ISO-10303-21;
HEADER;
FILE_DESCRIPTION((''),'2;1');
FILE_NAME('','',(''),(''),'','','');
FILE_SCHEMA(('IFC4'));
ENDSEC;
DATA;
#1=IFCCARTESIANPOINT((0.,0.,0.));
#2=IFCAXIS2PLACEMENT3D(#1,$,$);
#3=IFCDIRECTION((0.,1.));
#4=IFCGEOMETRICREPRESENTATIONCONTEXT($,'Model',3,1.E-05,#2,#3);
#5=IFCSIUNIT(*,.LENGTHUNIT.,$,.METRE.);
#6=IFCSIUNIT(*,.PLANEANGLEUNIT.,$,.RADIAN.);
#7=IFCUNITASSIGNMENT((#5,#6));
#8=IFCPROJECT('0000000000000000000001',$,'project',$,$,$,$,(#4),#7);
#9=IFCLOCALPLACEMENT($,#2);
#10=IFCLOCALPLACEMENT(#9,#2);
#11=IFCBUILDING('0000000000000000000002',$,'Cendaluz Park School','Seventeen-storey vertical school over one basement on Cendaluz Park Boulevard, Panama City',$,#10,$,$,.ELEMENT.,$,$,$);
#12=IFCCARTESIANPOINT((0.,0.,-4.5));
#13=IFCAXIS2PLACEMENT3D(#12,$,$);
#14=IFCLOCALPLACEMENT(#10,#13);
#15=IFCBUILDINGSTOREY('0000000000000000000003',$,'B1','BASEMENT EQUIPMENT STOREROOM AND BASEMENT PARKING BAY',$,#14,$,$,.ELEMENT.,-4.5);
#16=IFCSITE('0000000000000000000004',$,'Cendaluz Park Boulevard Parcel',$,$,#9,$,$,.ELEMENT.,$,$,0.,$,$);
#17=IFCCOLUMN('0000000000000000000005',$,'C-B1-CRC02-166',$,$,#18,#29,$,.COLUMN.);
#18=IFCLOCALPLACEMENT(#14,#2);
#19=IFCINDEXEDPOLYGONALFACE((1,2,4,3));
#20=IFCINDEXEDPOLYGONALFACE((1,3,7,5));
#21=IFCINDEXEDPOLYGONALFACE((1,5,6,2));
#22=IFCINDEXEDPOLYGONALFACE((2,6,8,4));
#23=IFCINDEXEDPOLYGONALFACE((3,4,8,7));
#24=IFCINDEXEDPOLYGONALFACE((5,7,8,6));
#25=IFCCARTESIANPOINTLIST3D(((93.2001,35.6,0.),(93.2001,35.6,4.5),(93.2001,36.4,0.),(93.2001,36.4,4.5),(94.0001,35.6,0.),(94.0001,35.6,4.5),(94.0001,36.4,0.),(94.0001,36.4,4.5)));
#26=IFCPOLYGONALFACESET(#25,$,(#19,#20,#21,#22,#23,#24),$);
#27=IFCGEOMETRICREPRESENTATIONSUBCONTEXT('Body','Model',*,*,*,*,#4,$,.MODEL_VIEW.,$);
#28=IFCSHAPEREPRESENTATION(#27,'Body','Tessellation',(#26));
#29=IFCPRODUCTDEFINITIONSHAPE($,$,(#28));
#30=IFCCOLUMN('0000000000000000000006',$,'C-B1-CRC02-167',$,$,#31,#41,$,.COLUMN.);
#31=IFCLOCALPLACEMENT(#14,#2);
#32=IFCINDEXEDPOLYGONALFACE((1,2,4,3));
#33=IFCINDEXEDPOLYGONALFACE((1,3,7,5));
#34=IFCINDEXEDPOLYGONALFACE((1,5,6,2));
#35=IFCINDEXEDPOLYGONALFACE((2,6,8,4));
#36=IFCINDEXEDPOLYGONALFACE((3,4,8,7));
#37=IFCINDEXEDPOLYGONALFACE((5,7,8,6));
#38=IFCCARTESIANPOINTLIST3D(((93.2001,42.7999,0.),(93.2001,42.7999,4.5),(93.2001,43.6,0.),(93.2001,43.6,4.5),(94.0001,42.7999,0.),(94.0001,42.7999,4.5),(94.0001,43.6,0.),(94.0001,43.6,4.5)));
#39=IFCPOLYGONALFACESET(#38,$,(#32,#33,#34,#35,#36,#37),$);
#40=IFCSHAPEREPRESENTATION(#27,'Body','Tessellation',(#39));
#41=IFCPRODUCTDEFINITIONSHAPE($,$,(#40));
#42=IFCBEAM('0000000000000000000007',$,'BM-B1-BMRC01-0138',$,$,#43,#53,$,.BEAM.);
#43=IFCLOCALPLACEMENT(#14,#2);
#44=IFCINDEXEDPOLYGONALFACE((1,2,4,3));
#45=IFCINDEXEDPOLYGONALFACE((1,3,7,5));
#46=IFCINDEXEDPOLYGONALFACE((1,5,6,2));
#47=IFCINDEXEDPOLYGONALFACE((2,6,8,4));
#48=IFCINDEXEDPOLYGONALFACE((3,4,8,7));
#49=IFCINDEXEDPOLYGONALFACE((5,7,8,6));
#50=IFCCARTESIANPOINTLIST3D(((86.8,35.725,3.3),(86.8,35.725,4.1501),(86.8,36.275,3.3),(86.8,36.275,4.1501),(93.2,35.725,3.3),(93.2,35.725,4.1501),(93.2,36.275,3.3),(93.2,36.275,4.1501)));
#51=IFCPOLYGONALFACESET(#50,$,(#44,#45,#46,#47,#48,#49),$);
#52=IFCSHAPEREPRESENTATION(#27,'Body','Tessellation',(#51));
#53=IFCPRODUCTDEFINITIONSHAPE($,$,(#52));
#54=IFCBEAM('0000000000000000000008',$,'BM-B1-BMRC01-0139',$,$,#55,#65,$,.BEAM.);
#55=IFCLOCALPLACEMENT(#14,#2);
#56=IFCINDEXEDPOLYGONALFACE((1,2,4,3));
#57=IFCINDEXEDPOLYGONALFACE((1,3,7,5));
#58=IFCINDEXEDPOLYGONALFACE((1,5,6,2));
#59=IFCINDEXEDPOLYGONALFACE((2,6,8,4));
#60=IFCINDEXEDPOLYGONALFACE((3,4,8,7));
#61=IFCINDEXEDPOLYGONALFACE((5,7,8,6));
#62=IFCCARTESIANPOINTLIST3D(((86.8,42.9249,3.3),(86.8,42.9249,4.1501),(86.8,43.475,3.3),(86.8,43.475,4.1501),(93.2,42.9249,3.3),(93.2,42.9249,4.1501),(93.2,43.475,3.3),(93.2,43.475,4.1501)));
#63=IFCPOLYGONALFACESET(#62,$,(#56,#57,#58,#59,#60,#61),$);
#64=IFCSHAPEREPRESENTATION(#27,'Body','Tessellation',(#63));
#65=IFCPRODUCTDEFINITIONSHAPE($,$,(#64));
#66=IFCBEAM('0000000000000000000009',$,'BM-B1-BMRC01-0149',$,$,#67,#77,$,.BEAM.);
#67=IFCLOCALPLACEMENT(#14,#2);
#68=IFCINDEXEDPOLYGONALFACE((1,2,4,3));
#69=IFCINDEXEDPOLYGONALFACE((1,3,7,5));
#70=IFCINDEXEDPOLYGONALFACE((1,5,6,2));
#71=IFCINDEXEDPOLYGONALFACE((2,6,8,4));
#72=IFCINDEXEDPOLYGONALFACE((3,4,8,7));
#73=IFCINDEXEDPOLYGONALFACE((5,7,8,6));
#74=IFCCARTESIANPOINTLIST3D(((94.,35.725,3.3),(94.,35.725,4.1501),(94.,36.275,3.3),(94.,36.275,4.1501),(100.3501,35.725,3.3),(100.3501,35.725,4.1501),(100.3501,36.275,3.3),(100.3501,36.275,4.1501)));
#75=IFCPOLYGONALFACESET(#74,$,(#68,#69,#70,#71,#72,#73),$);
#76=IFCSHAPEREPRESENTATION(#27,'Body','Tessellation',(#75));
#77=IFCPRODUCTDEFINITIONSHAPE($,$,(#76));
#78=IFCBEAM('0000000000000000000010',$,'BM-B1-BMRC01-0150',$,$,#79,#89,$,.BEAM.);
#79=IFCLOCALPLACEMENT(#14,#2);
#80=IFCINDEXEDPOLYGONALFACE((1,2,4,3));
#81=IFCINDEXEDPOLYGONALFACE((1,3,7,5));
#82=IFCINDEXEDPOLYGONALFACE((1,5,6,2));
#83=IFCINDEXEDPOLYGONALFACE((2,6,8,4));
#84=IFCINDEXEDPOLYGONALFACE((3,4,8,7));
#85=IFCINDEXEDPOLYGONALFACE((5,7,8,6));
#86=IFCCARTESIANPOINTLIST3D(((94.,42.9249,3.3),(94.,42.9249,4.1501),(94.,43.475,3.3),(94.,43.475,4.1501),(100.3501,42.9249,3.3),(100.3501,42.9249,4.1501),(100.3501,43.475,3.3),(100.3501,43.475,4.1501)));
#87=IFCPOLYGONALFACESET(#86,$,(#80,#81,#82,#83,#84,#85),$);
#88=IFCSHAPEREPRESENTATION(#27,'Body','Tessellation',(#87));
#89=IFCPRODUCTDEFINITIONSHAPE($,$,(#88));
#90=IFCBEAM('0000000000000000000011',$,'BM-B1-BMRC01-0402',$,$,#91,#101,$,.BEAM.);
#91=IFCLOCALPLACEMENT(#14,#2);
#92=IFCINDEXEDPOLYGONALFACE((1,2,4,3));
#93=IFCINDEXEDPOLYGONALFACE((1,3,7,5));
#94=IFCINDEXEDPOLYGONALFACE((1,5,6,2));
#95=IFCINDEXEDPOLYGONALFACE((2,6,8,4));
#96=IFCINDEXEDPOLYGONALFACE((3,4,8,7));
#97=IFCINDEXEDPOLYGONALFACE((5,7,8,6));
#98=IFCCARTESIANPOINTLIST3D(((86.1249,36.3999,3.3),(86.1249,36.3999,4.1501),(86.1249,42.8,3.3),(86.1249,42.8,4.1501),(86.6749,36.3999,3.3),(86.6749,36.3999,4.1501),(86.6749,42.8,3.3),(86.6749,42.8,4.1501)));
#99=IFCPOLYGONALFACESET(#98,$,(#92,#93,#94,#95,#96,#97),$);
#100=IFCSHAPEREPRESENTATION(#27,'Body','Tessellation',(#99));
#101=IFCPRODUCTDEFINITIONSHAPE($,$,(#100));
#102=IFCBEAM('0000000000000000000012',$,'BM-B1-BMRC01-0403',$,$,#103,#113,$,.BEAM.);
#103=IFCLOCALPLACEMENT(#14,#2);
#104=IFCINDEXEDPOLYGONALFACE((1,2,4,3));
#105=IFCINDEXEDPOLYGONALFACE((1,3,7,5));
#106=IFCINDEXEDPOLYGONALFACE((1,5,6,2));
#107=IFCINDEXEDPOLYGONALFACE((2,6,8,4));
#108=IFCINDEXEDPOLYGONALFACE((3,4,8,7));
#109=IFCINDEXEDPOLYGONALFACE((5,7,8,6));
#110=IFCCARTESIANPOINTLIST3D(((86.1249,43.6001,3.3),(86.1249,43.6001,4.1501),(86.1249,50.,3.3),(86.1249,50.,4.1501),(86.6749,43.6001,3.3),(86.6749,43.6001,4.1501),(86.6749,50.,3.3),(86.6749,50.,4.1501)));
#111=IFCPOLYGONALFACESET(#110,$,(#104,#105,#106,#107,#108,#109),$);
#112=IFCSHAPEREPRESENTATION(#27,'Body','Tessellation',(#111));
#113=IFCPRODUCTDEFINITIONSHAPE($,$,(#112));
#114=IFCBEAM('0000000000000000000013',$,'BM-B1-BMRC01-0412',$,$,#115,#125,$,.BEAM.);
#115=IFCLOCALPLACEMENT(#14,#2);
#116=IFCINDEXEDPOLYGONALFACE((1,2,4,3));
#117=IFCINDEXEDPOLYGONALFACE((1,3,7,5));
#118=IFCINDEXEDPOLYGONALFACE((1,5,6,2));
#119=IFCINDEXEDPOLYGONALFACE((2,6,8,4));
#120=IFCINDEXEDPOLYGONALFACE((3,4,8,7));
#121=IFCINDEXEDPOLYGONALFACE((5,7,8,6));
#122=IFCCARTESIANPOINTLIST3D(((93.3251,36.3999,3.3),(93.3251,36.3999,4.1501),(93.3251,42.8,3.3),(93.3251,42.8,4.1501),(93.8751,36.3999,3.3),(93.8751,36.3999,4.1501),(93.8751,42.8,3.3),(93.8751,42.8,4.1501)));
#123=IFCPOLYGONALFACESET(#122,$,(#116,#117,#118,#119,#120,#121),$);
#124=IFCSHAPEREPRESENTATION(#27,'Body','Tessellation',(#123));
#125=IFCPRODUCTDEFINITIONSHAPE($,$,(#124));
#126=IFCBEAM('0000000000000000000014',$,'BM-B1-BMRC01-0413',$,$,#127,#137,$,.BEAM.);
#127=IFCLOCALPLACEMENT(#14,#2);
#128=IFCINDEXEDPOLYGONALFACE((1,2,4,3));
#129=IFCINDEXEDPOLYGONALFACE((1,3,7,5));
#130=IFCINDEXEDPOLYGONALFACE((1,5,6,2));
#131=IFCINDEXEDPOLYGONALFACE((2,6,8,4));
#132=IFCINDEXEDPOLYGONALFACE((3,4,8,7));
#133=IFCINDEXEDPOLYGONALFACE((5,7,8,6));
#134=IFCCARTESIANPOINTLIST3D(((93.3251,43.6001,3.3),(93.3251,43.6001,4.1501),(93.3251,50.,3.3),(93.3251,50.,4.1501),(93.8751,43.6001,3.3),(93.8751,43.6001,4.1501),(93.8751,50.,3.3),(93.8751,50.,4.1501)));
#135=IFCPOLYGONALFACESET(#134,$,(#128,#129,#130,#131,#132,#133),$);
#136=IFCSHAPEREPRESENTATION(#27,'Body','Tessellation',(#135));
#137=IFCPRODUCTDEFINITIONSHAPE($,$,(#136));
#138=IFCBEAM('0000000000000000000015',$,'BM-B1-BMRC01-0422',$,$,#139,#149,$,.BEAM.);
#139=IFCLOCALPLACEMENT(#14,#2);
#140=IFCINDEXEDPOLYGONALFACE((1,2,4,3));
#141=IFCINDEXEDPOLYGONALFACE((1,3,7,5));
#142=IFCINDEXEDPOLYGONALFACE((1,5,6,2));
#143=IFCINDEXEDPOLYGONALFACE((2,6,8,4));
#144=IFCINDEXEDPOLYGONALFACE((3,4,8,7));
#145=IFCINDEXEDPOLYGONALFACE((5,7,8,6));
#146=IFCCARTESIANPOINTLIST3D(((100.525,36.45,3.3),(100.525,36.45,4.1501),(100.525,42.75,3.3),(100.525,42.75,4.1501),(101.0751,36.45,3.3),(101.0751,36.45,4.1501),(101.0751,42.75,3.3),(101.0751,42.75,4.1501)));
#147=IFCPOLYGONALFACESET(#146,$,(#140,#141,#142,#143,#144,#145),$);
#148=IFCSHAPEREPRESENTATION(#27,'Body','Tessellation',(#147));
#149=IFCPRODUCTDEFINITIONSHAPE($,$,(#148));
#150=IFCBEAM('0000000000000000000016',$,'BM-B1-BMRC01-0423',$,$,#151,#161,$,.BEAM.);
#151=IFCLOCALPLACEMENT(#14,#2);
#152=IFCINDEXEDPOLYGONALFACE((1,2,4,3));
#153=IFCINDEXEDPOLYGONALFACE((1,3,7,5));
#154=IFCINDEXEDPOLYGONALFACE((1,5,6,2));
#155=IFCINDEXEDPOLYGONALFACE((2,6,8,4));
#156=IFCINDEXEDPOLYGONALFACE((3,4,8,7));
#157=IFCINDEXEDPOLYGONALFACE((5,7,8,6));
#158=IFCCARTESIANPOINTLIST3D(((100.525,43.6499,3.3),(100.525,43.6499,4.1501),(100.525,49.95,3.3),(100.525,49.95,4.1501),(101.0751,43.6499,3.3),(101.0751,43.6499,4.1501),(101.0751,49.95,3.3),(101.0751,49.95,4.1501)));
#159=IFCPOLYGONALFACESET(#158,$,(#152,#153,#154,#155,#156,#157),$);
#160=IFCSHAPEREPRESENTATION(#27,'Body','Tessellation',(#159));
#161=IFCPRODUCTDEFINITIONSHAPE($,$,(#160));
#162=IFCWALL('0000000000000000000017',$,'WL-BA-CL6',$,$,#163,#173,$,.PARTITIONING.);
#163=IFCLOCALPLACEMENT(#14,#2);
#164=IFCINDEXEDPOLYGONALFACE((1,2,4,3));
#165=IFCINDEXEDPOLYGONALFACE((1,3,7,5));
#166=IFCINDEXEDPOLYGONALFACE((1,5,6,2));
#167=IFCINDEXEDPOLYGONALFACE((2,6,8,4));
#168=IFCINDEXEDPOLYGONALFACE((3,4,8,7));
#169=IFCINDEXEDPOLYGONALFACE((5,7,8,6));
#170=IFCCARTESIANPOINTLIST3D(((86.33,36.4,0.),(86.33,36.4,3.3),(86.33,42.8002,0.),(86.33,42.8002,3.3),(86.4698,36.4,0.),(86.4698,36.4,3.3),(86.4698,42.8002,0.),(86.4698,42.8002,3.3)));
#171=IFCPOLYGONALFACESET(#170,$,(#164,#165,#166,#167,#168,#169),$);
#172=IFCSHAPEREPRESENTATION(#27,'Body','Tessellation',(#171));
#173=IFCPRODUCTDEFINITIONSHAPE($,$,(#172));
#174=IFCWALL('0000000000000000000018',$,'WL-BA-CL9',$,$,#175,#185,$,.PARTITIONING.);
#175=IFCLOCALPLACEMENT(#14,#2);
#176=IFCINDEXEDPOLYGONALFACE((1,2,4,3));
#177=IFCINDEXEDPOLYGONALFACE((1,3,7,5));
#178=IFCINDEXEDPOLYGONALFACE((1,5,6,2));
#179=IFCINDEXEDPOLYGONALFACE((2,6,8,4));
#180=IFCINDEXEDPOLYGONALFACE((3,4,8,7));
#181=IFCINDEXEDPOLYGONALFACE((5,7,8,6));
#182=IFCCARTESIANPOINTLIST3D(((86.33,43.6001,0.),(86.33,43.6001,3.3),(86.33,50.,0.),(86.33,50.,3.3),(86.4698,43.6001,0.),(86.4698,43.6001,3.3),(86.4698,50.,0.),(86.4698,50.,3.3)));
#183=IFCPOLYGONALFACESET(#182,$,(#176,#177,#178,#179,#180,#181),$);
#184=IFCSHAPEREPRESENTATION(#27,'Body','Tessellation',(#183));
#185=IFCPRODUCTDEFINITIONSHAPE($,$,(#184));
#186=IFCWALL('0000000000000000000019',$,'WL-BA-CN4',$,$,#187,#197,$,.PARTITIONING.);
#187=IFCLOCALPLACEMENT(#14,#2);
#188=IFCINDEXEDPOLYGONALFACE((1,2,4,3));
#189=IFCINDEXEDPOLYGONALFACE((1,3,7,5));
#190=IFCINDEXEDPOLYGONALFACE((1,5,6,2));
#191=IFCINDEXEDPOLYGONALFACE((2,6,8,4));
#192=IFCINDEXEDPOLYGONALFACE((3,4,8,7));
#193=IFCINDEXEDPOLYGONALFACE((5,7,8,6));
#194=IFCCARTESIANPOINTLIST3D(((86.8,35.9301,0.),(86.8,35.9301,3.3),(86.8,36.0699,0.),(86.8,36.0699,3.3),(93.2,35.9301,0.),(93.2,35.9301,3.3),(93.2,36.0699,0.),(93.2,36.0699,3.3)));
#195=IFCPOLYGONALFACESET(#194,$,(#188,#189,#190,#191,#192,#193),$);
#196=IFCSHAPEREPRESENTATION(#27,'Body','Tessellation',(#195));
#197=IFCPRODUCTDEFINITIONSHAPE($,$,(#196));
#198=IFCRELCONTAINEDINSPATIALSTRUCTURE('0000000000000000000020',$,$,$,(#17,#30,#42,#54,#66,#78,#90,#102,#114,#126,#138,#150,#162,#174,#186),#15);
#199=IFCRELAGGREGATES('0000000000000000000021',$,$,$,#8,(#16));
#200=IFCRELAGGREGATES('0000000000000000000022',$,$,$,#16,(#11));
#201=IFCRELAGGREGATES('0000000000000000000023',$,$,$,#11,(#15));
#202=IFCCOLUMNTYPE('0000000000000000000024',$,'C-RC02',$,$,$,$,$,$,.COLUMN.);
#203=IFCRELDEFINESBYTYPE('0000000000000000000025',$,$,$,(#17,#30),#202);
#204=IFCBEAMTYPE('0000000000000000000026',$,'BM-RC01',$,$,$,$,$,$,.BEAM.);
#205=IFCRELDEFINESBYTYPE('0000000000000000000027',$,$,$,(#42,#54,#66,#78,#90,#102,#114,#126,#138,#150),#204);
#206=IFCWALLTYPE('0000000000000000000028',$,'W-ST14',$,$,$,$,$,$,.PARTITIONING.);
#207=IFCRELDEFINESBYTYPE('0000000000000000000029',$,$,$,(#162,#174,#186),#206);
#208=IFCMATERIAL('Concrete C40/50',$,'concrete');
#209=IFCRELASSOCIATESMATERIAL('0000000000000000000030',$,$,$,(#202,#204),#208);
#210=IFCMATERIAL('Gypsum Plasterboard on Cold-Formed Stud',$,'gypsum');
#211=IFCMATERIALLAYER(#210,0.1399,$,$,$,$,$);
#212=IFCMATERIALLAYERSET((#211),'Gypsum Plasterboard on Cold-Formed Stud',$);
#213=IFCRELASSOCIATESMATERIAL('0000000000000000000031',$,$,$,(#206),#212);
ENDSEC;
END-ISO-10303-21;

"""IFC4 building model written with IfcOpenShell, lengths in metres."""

from ifc_helpers import new_model, si_unit, direction, frame, frame_2d, origin, origin_2d, place, context, subcontext, project, spatial, rectangle, extrude, material, layer, layer_set, material_profile, profile_set, type_object, element, save


model = new_model("IFC4")

# Units and contexts
model_context = context("Model", 3, precision=1e-05, world=origin(), true_north=direction((0.0, 1.0)))
body_context = subcontext(model_context, "Body", "Model", "MODEL_VIEW")
ifc_project = project(units=[si_unit("LENGTHUNIT", "METRE"), si_unit("PLANEANGLEUNIT", "RADIAN")], contexts=[model_context])

# Site, building, storey
site_placement = place(None, origin())
site = spatial("IfcSite", under=ifc_project, at=site_placement, Name="Cendaluz Park Boulevard Parcel", CompositionType="ELEMENT", RefElevation=0.0)
building_placement = place(site_placement, origin())
building = spatial("IfcBuilding", under=site, at=building_placement, Name="Cendaluz Park School", Description="Seventeen-storey vertical school over one basement on Cendaluz Park Boulevard, Panama City", CompositionType="ELEMENT")
storey_placement = place(building_placement, frame((0.0, 0.0, -4.5)))
storey = spatial("IfcBuildingStorey", under=building, at=storey_placement, Name="B1", Description="BASEMENT EQUIPMENT STOREROOM AND BASEMENT PARKING BAY", CompositionType="ELEMENT", Elevation=-4.5)

# Shared definitions
ifc_material_1 = material(Name="Concrete C40/50", Category="concrete")

# Columns
ifc_material_profile_1 = material_profile(ifc_material_1, rectangle(XDim=0.8, YDim=0.8, at=origin_2d()), Name="RC 800x800", Category="concrete")
ifc_profile_set_1 = profile_set([ifc_material_profile_1], Name="Concrete C40/50")
column_type_1 = type_object("IfcColumnType", Name="C-RC02", PredefinedType="COLUMN", material=ifc_profile_set_1)
for number, where, z_axis, x_axis, name in (
    (1, (93.6001, 36.0, 0.0), (0.0, 0.0, 1.0), (1.0, 0.0, 0.0), "C-B1-CRC02-166"),
    (2, (93.6001, 43.2, 0.0), (0.0, 0.0, 1.0), (1.0, 0.0, 0.0), "C-B1-CRC02-167"),
):
    element("IfcColumn", number, at=place(storey_placement, frame(where, z_axis=z_axis, x_axis=x_axis)), inside=storey, type_object=column_type_1, Name=name, PredefinedType="COLUMN", context=body_context, shape_type="SweptSolid", body=[
        extrude(rectangle(XDim=0.8, YDim=0.8, at=origin_2d()), origin(), (0.0, 0.0, 1.0), 4.5),
    ])

# Beams
ifc_material_profile_2 = material_profile(ifc_material_1, rectangle(XDim=0.55, YDim=0.8501, at=origin_2d()), Name="RC 550x850", Category="concrete")
ifc_profile_set_2 = profile_set([ifc_material_profile_2], Name="Concrete C40/50")
beam_type = type_object("IfcBeamType", Name="BM-RC01", PredefinedType="BEAM", material=ifc_profile_set_2)
for number, where, z_axis, x_axis, name in (
    (3, (86.8, 36.0, 3.7251), (1.0, 0.0, 0.0), (0.0, 1.0, 0.0), "BM-B1-BMRC01-0138"),
    (4, (86.8, 43.2, 3.7251), (1.0, 0.0, 0.0), (0.0, 1.0, 0.0), "BM-B1-BMRC01-0139"),
):
    element("IfcBeam", number, at=place(storey_placement, frame(where, z_axis=z_axis, x_axis=x_axis)), inside=storey, type_object=beam_type, Name=name, PredefinedType="BEAM", context=body_context, shape_type="SweptSolid", body=[
        extrude(rectangle(XDim=0.55, YDim=0.8501, at=origin_2d()), origin(), (0.0, 0.0, 1.0), 6.3999),
    ])
for number, where, z_axis, x_axis, name in (
    (5, (94.0, 36.0, 3.7251), (1.0, 0.0, 0.0), (0.0, 1.0, 0.0), "BM-B1-BMRC01-0149"),
    (6, (94.0, 43.2, 3.7251), (1.0, 0.0, 0.0), (0.0, 1.0, 0.0), "BM-B1-BMRC01-0150"),
):
    element("IfcBeam", number, at=place(storey_placement, frame(where, z_axis=z_axis, x_axis=x_axis)), inside=storey, type_object=beam_type, Name=name, PredefinedType="BEAM", context=body_context, shape_type="SweptSolid", body=[
        extrude(rectangle(XDim=0.55, YDim=0.8501, at=origin_2d()), origin(), (0.0, 0.0, 1.0), 6.3501),
    ])
beam_1_placement = place(storey_placement, frame((86.3999, 36.3999, 3.7251), z_axis=(0.0, 1.0, 0.0), x_axis=(-1.0, 0.0, 0.0)))
element("IfcBeam", 7, at=beam_1_placement, inside=storey, type_object=beam_type, Name="BM-B1-BMRC01-0402", PredefinedType="BEAM", context=body_context, shape_type="SweptSolid", body=[
    extrude(rectangle(XDim=0.55, YDim=0.8501, at=origin_2d()), origin(), (0.0, 0.0, 1.0), 6.4001),
])
beam_2_placement = place(storey_placement, frame((86.3999, 43.6001, 3.7251), z_axis=(0.0, 1.0, 0.0), x_axis=(-1.0, 0.0, 0.0)))
element("IfcBeam", 8, at=beam_2_placement, inside=storey, type_object=beam_type, Name="BM-B1-BMRC01-0403", PredefinedType="BEAM", context=body_context, shape_type="SweptSolid", body=[
    extrude(rectangle(XDim=0.55, YDim=0.8501, at=origin_2d()), origin(), (0.0, 0.0, 1.0), 6.3999),
])
beam_3_placement = place(storey_placement, frame((93.6001, 36.3999, 3.7251), z_axis=(0.0, 1.0, 0.0), x_axis=(-1.0, 0.0, 0.0)))
element("IfcBeam", 9, at=beam_3_placement, inside=storey, type_object=beam_type, Name="BM-B1-BMRC01-0412", PredefinedType="BEAM", context=body_context, shape_type="SweptSolid", body=[
    extrude(rectangle(XDim=0.55, YDim=0.8501, at=origin_2d()), origin(), (0.0, 0.0, 1.0), 6.4001),
])
beam_4_placement = place(storey_placement, frame((93.6001, 43.6001, 3.7251), z_axis=(0.0, 1.0, 0.0), x_axis=(-1.0, 0.0, 0.0)))
element("IfcBeam", 10, at=beam_4_placement, inside=storey, type_object=beam_type, Name="BM-B1-BMRC01-0413", PredefinedType="BEAM", context=body_context, shape_type="SweptSolid", body=[
    extrude(rectangle(XDim=0.55, YDim=0.8501, at=origin_2d()), origin(), (0.0, 0.0, 1.0), 6.3999),
])
for number, where, z_axis, x_axis, name in (
    (11, (100.8, 36.45, 3.7251), (0.0, 1.0, 0.0), (-1.0, 0.0, 0.0), "BM-B1-BMRC01-0422"),
    (12, (100.8, 43.6499, 3.7251), (0.0, 1.0, 0.0), (-1.0, 0.0, 0.0), "BM-B1-BMRC01-0423"),
):
    element("IfcBeam", number, at=place(storey_placement, frame(where, z_axis=z_axis, x_axis=x_axis)), inside=storey, type_object=beam_type, Name=name, PredefinedType="BEAM", context=body_context, shape_type="SweptSolid", body=[
        extrude(rectangle(XDim=0.55, YDim=0.8501, at=origin_2d()), origin(), (0.0, 0.0, 1.0), 6.3),
    ])

# Walls
ifc_material_2 = material(Name="Gypsum Plasterboard on Cold-Formed Stud", Category="gypsum")
ifc_layer = layer(ifc_material_2, 0.1399)
ifc_layer_set = layer_set([ifc_layer], Name="Gypsum Plasterboard on Cold-Formed Stud")
wall_type = type_object("IfcWallType", Name="W-ST14", PredefinedType="PARTITIONING", material=ifc_layer_set)
wall_1_placement = place(storey_placement, frame((86.3999, 36.3999, 0.0), z_axis=(0.0, 0.0, 1.0), x_axis=(0.0, 1.0, 0.0)))
element("IfcWall", 13, at=wall_1_placement, inside=storey, type_object=wall_type, Name="WL-BA-CL6", PredefinedType="PARTITIONING", context=body_context, shape_type="SweptSolid", body=[
    extrude(rectangle(XDim=6.4001, YDim=0.1399, at=frame_2d((3.2002, 0.0))), origin(), (0.0, 0.0, 1.0), 3.3),
])
for number, where, z_axis, x_axis, name in (
    (14, (86.3999, 43.6001, 0.0), (0.0, 0.0, 1.0), (0.0, 1.0, 0.0), "WL-BA-CL9"),
    (15, (86.8, 36.0, 0.0), (0.0, 0.0, 1.0), (1.0, 0.0, 0.0), "WL-BA-CN4"),
):
    element("IfcWall", number, at=place(storey_placement, frame(where, z_axis=z_axis, x_axis=x_axis)), inside=storey, type_object=wall_type, Name=name, PredefinedType="PARTITIONING", context=body_context, shape_type="SweptSolid", body=[
        extrude(rectangle(XDim=6.3999, YDim=0.1399, at=frame_2d((3.2, 0.0))), origin(), (0.0, 0.0, 1.0), 3.3),
    ])

save(model, "model.ifc")
